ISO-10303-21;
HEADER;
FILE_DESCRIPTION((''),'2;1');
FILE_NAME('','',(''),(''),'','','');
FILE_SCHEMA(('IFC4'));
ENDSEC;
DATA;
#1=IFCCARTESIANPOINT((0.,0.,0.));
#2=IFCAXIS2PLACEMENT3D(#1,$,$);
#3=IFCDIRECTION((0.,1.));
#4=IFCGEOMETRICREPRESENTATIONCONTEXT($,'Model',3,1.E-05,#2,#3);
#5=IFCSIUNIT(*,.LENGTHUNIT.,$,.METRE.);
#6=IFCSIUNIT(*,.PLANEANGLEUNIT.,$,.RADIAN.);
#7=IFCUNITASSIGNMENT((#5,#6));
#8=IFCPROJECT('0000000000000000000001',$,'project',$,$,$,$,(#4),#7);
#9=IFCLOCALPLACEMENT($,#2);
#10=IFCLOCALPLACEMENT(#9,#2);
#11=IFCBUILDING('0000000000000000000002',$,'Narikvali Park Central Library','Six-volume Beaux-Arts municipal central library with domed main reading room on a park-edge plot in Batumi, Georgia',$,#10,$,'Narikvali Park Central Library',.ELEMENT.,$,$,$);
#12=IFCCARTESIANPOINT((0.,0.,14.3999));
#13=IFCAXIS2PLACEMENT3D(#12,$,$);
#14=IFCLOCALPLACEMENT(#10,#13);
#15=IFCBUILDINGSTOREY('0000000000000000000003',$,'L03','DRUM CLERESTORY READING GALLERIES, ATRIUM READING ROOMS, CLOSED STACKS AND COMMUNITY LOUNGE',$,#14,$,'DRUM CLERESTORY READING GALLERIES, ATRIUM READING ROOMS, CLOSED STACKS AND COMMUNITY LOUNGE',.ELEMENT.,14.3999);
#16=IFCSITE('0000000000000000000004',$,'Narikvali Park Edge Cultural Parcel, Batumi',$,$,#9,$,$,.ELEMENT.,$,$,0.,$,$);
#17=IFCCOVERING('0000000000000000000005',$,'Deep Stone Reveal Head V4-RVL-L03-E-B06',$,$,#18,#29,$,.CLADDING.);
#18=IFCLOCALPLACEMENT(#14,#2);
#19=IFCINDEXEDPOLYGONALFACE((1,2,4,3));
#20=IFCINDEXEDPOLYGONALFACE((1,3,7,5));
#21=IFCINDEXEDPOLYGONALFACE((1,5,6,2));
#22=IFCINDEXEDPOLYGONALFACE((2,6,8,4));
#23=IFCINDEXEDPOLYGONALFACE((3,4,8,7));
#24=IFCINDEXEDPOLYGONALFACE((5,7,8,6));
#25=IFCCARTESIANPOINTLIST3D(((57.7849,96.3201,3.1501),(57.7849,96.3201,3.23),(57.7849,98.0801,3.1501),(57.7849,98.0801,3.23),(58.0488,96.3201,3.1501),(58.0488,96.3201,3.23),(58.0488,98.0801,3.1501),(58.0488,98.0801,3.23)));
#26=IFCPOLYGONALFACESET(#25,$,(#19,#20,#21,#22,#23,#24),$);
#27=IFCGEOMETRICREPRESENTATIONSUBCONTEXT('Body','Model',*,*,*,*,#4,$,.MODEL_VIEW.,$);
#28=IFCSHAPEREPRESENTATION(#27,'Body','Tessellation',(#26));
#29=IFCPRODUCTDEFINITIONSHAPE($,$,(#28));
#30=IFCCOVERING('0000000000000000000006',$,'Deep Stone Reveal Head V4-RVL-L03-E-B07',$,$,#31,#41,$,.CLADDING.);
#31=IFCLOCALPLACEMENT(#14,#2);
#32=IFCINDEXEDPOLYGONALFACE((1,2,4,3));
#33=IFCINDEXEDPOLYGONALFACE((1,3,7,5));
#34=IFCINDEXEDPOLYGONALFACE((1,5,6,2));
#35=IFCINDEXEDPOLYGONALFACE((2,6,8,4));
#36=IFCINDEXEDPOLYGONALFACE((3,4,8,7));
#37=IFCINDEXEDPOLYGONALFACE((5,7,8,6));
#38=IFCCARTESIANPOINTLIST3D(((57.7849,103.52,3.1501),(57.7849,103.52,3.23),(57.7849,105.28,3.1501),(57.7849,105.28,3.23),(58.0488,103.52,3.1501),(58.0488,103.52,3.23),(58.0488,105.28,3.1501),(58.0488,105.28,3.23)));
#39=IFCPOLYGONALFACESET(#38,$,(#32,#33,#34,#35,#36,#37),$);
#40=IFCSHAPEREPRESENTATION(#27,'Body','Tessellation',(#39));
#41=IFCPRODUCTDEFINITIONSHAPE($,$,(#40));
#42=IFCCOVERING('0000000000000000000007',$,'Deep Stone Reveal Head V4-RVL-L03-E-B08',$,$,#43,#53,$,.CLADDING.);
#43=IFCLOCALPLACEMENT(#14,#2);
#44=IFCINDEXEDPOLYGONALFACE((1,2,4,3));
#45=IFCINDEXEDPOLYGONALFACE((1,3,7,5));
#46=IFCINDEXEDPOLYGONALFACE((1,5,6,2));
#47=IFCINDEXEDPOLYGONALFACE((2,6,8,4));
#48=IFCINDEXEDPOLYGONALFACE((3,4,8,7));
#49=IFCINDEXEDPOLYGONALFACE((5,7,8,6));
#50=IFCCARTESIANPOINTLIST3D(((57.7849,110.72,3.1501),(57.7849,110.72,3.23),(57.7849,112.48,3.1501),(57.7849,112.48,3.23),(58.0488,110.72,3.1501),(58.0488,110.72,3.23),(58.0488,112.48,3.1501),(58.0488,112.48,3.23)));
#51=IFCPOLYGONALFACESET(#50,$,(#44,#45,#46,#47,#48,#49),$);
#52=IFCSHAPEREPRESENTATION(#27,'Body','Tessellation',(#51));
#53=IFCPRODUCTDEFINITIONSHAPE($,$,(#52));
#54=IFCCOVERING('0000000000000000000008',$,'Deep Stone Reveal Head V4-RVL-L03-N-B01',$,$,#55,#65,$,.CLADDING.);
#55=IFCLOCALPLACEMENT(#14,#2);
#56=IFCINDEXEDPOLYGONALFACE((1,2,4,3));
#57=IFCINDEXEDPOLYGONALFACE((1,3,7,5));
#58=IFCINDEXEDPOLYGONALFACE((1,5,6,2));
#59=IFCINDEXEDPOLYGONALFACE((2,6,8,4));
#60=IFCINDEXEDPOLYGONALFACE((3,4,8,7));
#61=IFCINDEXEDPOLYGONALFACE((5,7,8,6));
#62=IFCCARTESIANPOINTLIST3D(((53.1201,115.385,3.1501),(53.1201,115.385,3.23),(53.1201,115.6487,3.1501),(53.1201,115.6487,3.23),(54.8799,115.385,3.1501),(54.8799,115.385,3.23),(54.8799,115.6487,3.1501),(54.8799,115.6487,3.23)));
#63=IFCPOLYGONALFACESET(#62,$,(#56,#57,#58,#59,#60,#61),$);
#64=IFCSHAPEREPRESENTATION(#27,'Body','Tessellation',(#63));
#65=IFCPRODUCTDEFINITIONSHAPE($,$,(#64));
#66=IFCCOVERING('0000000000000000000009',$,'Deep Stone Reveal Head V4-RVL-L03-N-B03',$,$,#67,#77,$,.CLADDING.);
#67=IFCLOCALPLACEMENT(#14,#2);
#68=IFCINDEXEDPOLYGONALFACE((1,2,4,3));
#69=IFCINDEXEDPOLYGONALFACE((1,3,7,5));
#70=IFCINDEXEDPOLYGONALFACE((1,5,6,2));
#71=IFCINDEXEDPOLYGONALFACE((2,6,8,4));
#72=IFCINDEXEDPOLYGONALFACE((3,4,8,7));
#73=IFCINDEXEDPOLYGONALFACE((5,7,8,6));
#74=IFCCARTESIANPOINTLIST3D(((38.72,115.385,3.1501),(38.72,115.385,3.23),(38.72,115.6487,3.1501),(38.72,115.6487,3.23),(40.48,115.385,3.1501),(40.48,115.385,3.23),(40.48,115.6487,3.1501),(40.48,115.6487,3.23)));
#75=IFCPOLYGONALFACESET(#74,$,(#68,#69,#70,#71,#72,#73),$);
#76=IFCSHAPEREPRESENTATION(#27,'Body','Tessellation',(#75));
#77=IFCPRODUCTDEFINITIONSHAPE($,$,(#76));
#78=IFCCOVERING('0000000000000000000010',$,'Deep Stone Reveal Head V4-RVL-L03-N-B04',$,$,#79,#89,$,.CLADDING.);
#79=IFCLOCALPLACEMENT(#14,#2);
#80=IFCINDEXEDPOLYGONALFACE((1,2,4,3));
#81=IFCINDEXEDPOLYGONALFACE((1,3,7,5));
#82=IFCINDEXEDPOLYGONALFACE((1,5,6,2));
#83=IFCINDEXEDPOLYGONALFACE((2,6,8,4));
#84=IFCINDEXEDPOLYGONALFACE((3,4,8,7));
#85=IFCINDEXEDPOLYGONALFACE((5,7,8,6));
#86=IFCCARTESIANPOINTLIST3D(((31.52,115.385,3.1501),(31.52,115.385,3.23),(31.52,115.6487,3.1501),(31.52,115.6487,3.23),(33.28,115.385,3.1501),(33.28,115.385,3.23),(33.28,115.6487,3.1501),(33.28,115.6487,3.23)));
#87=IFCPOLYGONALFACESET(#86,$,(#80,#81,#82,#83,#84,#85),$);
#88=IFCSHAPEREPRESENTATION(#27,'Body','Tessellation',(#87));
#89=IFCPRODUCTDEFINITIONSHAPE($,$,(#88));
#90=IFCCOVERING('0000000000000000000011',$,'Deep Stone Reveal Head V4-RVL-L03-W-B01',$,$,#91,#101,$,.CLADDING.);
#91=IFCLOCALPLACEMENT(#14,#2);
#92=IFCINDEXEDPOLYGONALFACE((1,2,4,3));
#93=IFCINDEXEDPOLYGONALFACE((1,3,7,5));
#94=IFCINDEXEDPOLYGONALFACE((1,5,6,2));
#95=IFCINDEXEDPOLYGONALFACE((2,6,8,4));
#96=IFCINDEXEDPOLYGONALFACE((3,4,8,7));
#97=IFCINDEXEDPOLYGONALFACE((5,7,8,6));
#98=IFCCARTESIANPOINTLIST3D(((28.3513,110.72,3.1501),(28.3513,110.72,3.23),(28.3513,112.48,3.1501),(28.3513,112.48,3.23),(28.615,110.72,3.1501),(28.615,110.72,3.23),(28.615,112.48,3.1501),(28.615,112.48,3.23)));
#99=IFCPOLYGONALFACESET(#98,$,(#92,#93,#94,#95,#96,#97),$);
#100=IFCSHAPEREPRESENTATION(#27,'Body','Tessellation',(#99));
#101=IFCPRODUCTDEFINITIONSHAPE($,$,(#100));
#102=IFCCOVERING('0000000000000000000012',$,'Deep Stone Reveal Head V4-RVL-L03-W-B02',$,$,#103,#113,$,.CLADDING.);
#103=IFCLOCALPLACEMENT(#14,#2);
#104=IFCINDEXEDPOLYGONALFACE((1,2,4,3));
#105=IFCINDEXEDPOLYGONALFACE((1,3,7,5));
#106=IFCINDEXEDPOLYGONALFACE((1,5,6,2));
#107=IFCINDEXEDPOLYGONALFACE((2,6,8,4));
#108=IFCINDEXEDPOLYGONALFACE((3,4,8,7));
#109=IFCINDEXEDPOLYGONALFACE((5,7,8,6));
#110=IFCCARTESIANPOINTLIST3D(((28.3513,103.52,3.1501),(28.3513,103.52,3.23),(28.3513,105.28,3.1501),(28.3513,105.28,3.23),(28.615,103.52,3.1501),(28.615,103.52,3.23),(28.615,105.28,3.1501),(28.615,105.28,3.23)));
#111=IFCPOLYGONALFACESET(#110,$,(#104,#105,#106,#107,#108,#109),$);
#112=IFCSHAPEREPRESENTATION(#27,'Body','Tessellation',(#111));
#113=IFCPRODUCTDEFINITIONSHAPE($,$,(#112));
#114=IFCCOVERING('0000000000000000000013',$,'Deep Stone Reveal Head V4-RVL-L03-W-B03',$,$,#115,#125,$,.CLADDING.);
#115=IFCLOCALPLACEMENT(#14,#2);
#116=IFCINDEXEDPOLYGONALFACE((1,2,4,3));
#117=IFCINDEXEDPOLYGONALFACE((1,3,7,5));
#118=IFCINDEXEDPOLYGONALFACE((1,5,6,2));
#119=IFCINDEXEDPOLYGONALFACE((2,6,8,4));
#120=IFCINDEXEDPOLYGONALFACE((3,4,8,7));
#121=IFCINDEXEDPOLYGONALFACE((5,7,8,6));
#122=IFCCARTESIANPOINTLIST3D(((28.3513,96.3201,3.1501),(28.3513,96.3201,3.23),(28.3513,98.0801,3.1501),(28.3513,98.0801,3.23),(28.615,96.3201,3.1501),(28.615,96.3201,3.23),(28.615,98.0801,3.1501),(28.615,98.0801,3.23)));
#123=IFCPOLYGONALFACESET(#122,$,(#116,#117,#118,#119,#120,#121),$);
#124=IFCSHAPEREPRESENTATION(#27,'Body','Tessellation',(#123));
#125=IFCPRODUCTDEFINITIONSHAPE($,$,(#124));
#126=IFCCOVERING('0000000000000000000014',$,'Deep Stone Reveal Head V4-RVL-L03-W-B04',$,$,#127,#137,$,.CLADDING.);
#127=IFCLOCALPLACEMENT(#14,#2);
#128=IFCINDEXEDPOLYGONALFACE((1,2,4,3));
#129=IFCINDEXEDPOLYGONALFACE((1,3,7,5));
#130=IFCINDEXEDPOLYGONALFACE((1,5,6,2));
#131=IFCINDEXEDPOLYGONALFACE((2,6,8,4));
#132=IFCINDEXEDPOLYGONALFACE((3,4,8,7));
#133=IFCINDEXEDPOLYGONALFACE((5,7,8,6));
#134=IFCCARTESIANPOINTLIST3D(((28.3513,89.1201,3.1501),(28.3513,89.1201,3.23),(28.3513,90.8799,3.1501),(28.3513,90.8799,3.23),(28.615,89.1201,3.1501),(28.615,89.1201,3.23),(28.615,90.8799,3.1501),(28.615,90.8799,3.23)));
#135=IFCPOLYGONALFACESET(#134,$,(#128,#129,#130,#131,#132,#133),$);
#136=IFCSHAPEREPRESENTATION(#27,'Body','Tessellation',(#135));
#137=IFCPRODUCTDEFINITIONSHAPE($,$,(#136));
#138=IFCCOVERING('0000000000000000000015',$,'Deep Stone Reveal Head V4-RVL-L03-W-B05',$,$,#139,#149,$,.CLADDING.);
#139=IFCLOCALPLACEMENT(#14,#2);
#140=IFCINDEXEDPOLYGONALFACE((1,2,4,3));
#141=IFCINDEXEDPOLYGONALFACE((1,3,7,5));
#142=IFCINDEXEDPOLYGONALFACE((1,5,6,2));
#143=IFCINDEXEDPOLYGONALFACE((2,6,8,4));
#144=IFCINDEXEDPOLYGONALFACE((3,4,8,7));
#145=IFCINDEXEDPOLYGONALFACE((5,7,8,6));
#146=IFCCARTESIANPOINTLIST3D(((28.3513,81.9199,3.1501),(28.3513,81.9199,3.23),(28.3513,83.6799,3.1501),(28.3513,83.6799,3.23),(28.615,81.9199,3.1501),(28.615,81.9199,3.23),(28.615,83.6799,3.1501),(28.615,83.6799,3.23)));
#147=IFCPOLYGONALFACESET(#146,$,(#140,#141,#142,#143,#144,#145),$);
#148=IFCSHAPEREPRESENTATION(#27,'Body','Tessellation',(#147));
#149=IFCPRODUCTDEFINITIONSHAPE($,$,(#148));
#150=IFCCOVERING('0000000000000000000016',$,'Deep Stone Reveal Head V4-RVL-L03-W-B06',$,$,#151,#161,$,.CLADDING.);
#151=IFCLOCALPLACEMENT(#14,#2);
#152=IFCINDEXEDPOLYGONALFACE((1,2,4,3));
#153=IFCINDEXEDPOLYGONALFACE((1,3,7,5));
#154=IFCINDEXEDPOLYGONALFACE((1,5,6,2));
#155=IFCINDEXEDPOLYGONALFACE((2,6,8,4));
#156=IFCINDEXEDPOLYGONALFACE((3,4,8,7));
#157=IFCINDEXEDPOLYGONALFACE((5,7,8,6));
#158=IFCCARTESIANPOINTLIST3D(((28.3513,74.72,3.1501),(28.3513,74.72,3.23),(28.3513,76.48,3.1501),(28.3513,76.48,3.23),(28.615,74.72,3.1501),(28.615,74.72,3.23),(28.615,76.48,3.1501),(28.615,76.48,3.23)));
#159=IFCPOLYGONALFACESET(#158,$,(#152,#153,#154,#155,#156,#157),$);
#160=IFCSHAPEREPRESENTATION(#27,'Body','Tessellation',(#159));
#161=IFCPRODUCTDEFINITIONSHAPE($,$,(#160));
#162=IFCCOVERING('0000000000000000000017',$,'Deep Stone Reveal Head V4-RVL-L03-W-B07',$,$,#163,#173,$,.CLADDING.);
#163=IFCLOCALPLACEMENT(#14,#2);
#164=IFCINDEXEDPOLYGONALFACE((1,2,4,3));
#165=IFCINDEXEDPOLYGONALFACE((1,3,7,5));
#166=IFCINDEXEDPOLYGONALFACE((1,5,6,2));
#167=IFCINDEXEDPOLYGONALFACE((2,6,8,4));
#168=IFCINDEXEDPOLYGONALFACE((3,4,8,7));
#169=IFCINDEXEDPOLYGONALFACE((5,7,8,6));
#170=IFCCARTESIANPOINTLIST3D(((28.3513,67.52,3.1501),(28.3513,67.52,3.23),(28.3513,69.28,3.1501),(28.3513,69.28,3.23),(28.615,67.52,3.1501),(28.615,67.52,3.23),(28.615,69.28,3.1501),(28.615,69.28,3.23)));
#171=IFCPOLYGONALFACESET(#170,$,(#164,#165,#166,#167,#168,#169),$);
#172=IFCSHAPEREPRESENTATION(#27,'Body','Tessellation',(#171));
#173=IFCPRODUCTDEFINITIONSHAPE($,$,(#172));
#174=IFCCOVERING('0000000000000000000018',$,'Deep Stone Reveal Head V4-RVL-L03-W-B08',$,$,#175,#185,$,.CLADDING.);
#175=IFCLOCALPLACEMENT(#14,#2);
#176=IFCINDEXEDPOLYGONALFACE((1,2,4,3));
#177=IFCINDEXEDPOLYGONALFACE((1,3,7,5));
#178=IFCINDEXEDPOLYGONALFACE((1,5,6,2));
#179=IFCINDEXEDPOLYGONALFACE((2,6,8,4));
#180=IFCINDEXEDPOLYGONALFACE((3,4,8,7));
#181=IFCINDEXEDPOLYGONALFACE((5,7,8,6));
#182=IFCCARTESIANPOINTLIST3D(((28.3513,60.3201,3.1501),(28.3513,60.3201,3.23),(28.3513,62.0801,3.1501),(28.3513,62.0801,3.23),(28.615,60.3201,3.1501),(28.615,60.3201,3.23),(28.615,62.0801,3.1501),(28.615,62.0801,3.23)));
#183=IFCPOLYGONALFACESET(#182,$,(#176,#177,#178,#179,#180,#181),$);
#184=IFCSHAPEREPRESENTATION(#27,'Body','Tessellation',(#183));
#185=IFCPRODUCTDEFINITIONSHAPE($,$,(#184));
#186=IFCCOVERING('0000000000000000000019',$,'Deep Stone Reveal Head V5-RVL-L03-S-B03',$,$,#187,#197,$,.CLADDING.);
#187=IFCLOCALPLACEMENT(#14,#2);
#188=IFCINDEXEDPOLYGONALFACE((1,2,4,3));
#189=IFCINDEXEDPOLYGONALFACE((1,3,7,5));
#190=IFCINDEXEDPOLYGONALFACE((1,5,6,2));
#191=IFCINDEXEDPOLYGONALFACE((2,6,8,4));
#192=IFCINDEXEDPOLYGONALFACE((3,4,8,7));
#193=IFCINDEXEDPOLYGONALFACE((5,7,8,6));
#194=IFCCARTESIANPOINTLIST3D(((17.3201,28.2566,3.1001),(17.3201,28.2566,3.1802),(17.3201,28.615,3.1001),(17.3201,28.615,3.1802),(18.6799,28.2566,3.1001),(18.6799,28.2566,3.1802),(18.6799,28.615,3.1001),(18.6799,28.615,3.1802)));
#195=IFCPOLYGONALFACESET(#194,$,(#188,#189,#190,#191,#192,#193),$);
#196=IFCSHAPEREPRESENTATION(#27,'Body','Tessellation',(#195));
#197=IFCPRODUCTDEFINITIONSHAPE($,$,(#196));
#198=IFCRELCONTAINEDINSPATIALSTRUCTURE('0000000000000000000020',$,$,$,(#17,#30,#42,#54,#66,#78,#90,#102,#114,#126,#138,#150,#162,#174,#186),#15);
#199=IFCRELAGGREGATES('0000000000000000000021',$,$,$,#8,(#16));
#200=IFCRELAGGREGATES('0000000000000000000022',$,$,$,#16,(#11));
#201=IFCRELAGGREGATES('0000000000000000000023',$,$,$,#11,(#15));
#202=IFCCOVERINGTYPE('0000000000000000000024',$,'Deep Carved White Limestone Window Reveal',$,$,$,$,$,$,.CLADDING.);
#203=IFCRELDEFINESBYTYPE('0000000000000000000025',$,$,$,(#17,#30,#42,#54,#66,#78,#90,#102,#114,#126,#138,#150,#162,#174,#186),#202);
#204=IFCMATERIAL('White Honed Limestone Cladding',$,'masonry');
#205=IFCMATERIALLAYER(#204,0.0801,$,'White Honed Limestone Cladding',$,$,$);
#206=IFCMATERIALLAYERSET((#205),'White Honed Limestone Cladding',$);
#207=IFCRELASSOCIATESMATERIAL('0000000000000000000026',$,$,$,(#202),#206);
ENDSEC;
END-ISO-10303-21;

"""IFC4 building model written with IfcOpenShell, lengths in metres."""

from ifc_helpers import new_model, si_unit, direction, frame, origin, place, context, subcontext, project, spatial, polyline, outline, extrude, material, layer, layer_set, type_object, element, save


model = new_model("IFC4")

# Units and contexts
model_context = context("Model", 3, precision=1e-05, world=origin(), true_north=direction((0.0, 1.0)))
body_context = subcontext(model_context, "Body", "Model", "MODEL_VIEW")
ifc_project = project(units=[si_unit("LENGTHUNIT", "METRE"), si_unit("PLANEANGLEUNIT", "RADIAN")], contexts=[model_context])

# Site, building, storey
site_placement = place(None, origin())
site = spatial("IfcSite", under=ifc_project, at=site_placement, Name="Narikvali Park Edge Cultural Parcel, Batumi", CompositionType="ELEMENT", RefElevation=0.0)
building_placement = place(site_placement, origin())
building = spatial("IfcBuilding", under=site, at=building_placement, Name="Narikvali Park Central Library", Description="Six-volume Beaux-Arts municipal central library with domed main reading room on a park-edge plot in Batumi, Georgia", LongName="Narikvali Park Central Library", CompositionType="ELEMENT")
storey_placement = place(building_placement, frame((0.0, 0.0, 14.3999)))
storey = spatial("IfcBuildingStorey", under=building, at=storey_placement, Name="L03", Description="DRUM CLERESTORY READING GALLERIES, ATRIUM READING ROOMS, CLOSED STACKS AND COMMUNITY LOUNGE", LongName="DRUM CLERESTORY READING GALLERIES, ATRIUM READING ROOMS, CLOSED STACKS AND COMMUNITY LOUNGE", CompositionType="ELEMENT", Elevation=14.3999)

# Coverings
ifc_material = material(Name="White Honed Limestone Cladding", Category="masonry")
ifc_layer = layer(ifc_material, 0.0801, Name="White Honed Limestone Cladding")
ifc_layer_set = layer_set([ifc_layer], Name="White Honed Limestone Cladding")
covering_type = type_object("IfcCoveringType", Name="Deep Carved White Limestone Window Reveal", PredefinedType="CLADDING", material=ifc_layer_set)
covering_1_placement = place(storey_placement, frame((0.0, 0.0, 3.1501)))
element("IfcCovering", 1, at=covering_1_placement, inside=storey, type_object=covering_type, Name="Deep Stone Reveal Head V4-RVL-L03-E-B06", PredefinedType="CLADDING", context=body_context, shape_type="SweptSolid", body=[
    extrude(outline(polyline([(57.7849, 96.3201), (57.7849, 98.0801), (58.0488, 98.0801), (58.0488, 96.3201), (57.7849, 96.3201)])), origin(), (0.0, 0.0, 1.0), 0.0798),
])
covering_2_placement = place(storey_placement, frame((0.0, 0.0, 3.1501)))
element("IfcCovering", 2, at=covering_2_placement, inside=storey, type_object=covering_type, Name="Deep Stone Reveal Head V4-RVL-L03-E-B07", PredefinedType="CLADDING", context=body_context, shape_type="SweptSolid", body=[
    extrude(outline(polyline([(57.7849, 103.52), (57.7849, 105.28), (58.0488, 105.28), (58.0488, 103.52), (57.7849, 103.52)])), origin(), (0.0, 0.0, 1.0), 0.0798),
])
covering_3_placement = place(storey_placement, frame((0.0, 0.0, 3.1501)))
element("IfcCovering", 3, at=covering_3_placement, inside=storey, type_object=covering_type, Name="Deep Stone Reveal Head V4-RVL-L03-E-B08", PredefinedType="CLADDING", context=body_context, shape_type="SweptSolid", body=[
    extrude(outline(polyline([(57.7849, 110.72), (57.7849, 112.48), (58.0488, 112.48), (58.0488, 110.72), (57.7849, 110.72)])), origin(), (0.0, 0.0, 1.0), 0.0798),
])
covering_4_placement = place(storey_placement, frame((0.0, 0.0, 3.1501)))
element("IfcCovering", 4, at=covering_4_placement, inside=storey, type_object=covering_type, Name="Deep Stone Reveal Head V4-RVL-L03-N-B01", PredefinedType="CLADDING", context=body_context, shape_type="SweptSolid", body=[
    extrude(outline(polyline([(54.8799, 115.385), (53.1201, 115.385), (53.1201, 115.6487), (54.8799, 115.6487), (54.8799, 115.385)])), origin(), (0.0, 0.0, 1.0), 0.0798),
])
covering_5_placement = place(storey_placement, frame((0.0, 0.0, 3.1501)))
element("IfcCovering", 5, at=covering_5_placement, inside=storey, type_object=covering_type, Name="Deep Stone Reveal Head V4-RVL-L03-N-B03", PredefinedType="CLADDING", context=body_context, shape_type="SweptSolid", body=[
    extrude(outline(polyline([(40.48, 115.385), (38.72, 115.385), (38.72, 115.6487), (40.48, 115.6487), (40.48, 115.385)])), origin(), (0.0, 0.0, 1.0), 0.0798),
])
covering_6_placement = place(storey_placement, frame((0.0, 0.0, 3.1501)))
element("IfcCovering", 6, at=covering_6_placement, inside=storey, type_object=covering_type, Name="Deep Stone Reveal Head V4-RVL-L03-N-B04", PredefinedType="CLADDING", context=body_context, shape_type="SweptSolid", body=[
    extrude(outline(polyline([(33.28, 115.385), (31.52, 115.385), (31.52, 115.6487), (33.28, 115.6487), (33.28, 115.385)])), origin(), (0.0, 0.0, 1.0), 0.0798),
])
covering_7_placement = place(storey_placement, frame((0.0, 0.0, 3.1501)))
element("IfcCovering", 7, at=covering_7_placement, inside=storey, type_object=covering_type, Name="Deep Stone Reveal Head V4-RVL-L03-W-B01", PredefinedType="CLADDING", context=body_context, shape_type="SweptSolid", body=[
    extrude(outline(polyline([(28.615, 112.48), (28.615, 110.72), (28.3513, 110.72), (28.3513, 112.48), (28.615, 112.48)])), origin(), (0.0, 0.0, 1.0), 0.0798),
])
covering_8_placement = place(storey_placement, frame((0.0, 0.0, 3.1501)))
element("IfcCovering", 8, at=covering_8_placement, inside=storey, type_object=covering_type, Name="Deep Stone Reveal Head V4-RVL-L03-W-B02", PredefinedType="CLADDING", context=body_context, shape_type="SweptSolid", body=[
    extrude(outline(polyline([(28.615, 105.28), (28.615, 103.52), (28.3513, 103.52), (28.3513, 105.28), (28.615, 105.28)])), origin(), (0.0, 0.0, 1.0), 0.0798),
])
covering_9_placement = place(storey_placement, frame((0.0, 0.0, 3.1501)))
element("IfcCovering", 9, at=covering_9_placement, inside=storey, type_object=covering_type, Name="Deep Stone Reveal Head V4-RVL-L03-W-B03", PredefinedType="CLADDING", context=body_context, shape_type="SweptSolid", body=[
    extrude(outline(polyline([(28.615, 98.0801), (28.615, 96.3201), (28.3513, 96.3201), (28.3513, 98.0801), (28.615, 98.0801)])), origin(), (0.0, 0.0, 1.0), 0.0798),
])
covering_10_placement = place(storey_placement, frame((0.0, 0.0, 3.1501)))
element("IfcCovering", 10, at=covering_10_placement, inside=storey, type_object=covering_type, Name="Deep Stone Reveal Head V4-RVL-L03-W-B04", PredefinedType="CLADDING", context=body_context, shape_type="SweptSolid", body=[
    extrude(outline(polyline([(28.615, 90.8799), (28.615, 89.1201), (28.3513, 89.1201), (28.3513, 90.8799), (28.615, 90.8799)])), origin(), (0.0, 0.0, 1.0), 0.0798),
])
covering_11_placement = place(storey_placement, frame((0.0, 0.0, 3.1501)))
element("IfcCovering", 11, at=covering_11_placement, inside=storey, type_object=covering_type, Name="Deep Stone Reveal Head V4-RVL-L03-W-B05", PredefinedType="CLADDING", context=body_context, shape_type="SweptSolid", body=[
    extrude(outline(polyline([(28.615, 83.6799), (28.615, 81.9199), (28.3513, 81.9199), (28.3513, 83.6799), (28.615, 83.6799)])), origin(), (0.0, 0.0, 1.0), 0.0798),
])
covering_12_placement = place(storey_placement, frame((0.0, 0.0, 3.1501)))
element("IfcCovering", 12, at=covering_12_placement, inside=storey, type_object=covering_type, Name="Deep Stone Reveal Head V4-RVL-L03-W-B06", PredefinedType="CLADDING", context=body_context, shape_type="SweptSolid", body=[
    extrude(outline(polyline([(28.615, 76.48), (28.615, 74.72), (28.3513, 74.72), (28.3513, 76.48), (28.615, 76.48)])), origin(), (0.0, 0.0, 1.0), 0.0798),
])
covering_13_placement = place(storey_placement, frame((0.0, 0.0, 3.1501)))
element("IfcCovering", 13, at=covering_13_placement, inside=storey, type_object=covering_type, Name="Deep Stone Reveal Head V4-RVL-L03-W-B07", PredefinedType="CLADDING", context=body_context, shape_type="SweptSolid", body=[
    extrude(outline(polyline([(28.615, 69.28), (28.615, 67.52), (28.3513, 67.52), (28.3513, 69.28), (28.615, 69.28)])), origin(), (0.0, 0.0, 1.0), 0.0798),
])
covering_14_placement = place(storey_placement, frame((0.0, 0.0, 3.1501)))
element("IfcCovering", 14, at=covering_14_placement, inside=storey, type_object=covering_type, Name="Deep Stone Reveal Head V4-RVL-L03-W-B08", PredefinedType="CLADDING", context=body_context, shape_type="SweptSolid", body=[
    extrude(outline(polyline([(28.615, 62.0801), (28.615, 60.3201), (28.3513, 60.3201), (28.3513, 62.0801), (28.615, 62.0801)])), origin(), (0.0, 0.0, 1.0), 0.0798),
])
covering_15_placement = place(storey_placement, frame((0.0, 0.0, 3.1001)))
element("IfcCovering", 15, at=covering_15_placement, inside=storey, type_object=covering_type, Name="Deep Stone Reveal Head V5-RVL-L03-S-B03", PredefinedType="CLADDING", context=body_context, shape_type="SweptSolid", body=[
    extrude(outline(polyline([(17.3201, 28.615), (18.6799, 28.615), (18.6799, 28.2566), (17.3201, 28.2566), (17.3201, 28.615)])), origin(), (0.0, 0.0, 1.0), 0.0801),
])

save(model, "model.ifc")
